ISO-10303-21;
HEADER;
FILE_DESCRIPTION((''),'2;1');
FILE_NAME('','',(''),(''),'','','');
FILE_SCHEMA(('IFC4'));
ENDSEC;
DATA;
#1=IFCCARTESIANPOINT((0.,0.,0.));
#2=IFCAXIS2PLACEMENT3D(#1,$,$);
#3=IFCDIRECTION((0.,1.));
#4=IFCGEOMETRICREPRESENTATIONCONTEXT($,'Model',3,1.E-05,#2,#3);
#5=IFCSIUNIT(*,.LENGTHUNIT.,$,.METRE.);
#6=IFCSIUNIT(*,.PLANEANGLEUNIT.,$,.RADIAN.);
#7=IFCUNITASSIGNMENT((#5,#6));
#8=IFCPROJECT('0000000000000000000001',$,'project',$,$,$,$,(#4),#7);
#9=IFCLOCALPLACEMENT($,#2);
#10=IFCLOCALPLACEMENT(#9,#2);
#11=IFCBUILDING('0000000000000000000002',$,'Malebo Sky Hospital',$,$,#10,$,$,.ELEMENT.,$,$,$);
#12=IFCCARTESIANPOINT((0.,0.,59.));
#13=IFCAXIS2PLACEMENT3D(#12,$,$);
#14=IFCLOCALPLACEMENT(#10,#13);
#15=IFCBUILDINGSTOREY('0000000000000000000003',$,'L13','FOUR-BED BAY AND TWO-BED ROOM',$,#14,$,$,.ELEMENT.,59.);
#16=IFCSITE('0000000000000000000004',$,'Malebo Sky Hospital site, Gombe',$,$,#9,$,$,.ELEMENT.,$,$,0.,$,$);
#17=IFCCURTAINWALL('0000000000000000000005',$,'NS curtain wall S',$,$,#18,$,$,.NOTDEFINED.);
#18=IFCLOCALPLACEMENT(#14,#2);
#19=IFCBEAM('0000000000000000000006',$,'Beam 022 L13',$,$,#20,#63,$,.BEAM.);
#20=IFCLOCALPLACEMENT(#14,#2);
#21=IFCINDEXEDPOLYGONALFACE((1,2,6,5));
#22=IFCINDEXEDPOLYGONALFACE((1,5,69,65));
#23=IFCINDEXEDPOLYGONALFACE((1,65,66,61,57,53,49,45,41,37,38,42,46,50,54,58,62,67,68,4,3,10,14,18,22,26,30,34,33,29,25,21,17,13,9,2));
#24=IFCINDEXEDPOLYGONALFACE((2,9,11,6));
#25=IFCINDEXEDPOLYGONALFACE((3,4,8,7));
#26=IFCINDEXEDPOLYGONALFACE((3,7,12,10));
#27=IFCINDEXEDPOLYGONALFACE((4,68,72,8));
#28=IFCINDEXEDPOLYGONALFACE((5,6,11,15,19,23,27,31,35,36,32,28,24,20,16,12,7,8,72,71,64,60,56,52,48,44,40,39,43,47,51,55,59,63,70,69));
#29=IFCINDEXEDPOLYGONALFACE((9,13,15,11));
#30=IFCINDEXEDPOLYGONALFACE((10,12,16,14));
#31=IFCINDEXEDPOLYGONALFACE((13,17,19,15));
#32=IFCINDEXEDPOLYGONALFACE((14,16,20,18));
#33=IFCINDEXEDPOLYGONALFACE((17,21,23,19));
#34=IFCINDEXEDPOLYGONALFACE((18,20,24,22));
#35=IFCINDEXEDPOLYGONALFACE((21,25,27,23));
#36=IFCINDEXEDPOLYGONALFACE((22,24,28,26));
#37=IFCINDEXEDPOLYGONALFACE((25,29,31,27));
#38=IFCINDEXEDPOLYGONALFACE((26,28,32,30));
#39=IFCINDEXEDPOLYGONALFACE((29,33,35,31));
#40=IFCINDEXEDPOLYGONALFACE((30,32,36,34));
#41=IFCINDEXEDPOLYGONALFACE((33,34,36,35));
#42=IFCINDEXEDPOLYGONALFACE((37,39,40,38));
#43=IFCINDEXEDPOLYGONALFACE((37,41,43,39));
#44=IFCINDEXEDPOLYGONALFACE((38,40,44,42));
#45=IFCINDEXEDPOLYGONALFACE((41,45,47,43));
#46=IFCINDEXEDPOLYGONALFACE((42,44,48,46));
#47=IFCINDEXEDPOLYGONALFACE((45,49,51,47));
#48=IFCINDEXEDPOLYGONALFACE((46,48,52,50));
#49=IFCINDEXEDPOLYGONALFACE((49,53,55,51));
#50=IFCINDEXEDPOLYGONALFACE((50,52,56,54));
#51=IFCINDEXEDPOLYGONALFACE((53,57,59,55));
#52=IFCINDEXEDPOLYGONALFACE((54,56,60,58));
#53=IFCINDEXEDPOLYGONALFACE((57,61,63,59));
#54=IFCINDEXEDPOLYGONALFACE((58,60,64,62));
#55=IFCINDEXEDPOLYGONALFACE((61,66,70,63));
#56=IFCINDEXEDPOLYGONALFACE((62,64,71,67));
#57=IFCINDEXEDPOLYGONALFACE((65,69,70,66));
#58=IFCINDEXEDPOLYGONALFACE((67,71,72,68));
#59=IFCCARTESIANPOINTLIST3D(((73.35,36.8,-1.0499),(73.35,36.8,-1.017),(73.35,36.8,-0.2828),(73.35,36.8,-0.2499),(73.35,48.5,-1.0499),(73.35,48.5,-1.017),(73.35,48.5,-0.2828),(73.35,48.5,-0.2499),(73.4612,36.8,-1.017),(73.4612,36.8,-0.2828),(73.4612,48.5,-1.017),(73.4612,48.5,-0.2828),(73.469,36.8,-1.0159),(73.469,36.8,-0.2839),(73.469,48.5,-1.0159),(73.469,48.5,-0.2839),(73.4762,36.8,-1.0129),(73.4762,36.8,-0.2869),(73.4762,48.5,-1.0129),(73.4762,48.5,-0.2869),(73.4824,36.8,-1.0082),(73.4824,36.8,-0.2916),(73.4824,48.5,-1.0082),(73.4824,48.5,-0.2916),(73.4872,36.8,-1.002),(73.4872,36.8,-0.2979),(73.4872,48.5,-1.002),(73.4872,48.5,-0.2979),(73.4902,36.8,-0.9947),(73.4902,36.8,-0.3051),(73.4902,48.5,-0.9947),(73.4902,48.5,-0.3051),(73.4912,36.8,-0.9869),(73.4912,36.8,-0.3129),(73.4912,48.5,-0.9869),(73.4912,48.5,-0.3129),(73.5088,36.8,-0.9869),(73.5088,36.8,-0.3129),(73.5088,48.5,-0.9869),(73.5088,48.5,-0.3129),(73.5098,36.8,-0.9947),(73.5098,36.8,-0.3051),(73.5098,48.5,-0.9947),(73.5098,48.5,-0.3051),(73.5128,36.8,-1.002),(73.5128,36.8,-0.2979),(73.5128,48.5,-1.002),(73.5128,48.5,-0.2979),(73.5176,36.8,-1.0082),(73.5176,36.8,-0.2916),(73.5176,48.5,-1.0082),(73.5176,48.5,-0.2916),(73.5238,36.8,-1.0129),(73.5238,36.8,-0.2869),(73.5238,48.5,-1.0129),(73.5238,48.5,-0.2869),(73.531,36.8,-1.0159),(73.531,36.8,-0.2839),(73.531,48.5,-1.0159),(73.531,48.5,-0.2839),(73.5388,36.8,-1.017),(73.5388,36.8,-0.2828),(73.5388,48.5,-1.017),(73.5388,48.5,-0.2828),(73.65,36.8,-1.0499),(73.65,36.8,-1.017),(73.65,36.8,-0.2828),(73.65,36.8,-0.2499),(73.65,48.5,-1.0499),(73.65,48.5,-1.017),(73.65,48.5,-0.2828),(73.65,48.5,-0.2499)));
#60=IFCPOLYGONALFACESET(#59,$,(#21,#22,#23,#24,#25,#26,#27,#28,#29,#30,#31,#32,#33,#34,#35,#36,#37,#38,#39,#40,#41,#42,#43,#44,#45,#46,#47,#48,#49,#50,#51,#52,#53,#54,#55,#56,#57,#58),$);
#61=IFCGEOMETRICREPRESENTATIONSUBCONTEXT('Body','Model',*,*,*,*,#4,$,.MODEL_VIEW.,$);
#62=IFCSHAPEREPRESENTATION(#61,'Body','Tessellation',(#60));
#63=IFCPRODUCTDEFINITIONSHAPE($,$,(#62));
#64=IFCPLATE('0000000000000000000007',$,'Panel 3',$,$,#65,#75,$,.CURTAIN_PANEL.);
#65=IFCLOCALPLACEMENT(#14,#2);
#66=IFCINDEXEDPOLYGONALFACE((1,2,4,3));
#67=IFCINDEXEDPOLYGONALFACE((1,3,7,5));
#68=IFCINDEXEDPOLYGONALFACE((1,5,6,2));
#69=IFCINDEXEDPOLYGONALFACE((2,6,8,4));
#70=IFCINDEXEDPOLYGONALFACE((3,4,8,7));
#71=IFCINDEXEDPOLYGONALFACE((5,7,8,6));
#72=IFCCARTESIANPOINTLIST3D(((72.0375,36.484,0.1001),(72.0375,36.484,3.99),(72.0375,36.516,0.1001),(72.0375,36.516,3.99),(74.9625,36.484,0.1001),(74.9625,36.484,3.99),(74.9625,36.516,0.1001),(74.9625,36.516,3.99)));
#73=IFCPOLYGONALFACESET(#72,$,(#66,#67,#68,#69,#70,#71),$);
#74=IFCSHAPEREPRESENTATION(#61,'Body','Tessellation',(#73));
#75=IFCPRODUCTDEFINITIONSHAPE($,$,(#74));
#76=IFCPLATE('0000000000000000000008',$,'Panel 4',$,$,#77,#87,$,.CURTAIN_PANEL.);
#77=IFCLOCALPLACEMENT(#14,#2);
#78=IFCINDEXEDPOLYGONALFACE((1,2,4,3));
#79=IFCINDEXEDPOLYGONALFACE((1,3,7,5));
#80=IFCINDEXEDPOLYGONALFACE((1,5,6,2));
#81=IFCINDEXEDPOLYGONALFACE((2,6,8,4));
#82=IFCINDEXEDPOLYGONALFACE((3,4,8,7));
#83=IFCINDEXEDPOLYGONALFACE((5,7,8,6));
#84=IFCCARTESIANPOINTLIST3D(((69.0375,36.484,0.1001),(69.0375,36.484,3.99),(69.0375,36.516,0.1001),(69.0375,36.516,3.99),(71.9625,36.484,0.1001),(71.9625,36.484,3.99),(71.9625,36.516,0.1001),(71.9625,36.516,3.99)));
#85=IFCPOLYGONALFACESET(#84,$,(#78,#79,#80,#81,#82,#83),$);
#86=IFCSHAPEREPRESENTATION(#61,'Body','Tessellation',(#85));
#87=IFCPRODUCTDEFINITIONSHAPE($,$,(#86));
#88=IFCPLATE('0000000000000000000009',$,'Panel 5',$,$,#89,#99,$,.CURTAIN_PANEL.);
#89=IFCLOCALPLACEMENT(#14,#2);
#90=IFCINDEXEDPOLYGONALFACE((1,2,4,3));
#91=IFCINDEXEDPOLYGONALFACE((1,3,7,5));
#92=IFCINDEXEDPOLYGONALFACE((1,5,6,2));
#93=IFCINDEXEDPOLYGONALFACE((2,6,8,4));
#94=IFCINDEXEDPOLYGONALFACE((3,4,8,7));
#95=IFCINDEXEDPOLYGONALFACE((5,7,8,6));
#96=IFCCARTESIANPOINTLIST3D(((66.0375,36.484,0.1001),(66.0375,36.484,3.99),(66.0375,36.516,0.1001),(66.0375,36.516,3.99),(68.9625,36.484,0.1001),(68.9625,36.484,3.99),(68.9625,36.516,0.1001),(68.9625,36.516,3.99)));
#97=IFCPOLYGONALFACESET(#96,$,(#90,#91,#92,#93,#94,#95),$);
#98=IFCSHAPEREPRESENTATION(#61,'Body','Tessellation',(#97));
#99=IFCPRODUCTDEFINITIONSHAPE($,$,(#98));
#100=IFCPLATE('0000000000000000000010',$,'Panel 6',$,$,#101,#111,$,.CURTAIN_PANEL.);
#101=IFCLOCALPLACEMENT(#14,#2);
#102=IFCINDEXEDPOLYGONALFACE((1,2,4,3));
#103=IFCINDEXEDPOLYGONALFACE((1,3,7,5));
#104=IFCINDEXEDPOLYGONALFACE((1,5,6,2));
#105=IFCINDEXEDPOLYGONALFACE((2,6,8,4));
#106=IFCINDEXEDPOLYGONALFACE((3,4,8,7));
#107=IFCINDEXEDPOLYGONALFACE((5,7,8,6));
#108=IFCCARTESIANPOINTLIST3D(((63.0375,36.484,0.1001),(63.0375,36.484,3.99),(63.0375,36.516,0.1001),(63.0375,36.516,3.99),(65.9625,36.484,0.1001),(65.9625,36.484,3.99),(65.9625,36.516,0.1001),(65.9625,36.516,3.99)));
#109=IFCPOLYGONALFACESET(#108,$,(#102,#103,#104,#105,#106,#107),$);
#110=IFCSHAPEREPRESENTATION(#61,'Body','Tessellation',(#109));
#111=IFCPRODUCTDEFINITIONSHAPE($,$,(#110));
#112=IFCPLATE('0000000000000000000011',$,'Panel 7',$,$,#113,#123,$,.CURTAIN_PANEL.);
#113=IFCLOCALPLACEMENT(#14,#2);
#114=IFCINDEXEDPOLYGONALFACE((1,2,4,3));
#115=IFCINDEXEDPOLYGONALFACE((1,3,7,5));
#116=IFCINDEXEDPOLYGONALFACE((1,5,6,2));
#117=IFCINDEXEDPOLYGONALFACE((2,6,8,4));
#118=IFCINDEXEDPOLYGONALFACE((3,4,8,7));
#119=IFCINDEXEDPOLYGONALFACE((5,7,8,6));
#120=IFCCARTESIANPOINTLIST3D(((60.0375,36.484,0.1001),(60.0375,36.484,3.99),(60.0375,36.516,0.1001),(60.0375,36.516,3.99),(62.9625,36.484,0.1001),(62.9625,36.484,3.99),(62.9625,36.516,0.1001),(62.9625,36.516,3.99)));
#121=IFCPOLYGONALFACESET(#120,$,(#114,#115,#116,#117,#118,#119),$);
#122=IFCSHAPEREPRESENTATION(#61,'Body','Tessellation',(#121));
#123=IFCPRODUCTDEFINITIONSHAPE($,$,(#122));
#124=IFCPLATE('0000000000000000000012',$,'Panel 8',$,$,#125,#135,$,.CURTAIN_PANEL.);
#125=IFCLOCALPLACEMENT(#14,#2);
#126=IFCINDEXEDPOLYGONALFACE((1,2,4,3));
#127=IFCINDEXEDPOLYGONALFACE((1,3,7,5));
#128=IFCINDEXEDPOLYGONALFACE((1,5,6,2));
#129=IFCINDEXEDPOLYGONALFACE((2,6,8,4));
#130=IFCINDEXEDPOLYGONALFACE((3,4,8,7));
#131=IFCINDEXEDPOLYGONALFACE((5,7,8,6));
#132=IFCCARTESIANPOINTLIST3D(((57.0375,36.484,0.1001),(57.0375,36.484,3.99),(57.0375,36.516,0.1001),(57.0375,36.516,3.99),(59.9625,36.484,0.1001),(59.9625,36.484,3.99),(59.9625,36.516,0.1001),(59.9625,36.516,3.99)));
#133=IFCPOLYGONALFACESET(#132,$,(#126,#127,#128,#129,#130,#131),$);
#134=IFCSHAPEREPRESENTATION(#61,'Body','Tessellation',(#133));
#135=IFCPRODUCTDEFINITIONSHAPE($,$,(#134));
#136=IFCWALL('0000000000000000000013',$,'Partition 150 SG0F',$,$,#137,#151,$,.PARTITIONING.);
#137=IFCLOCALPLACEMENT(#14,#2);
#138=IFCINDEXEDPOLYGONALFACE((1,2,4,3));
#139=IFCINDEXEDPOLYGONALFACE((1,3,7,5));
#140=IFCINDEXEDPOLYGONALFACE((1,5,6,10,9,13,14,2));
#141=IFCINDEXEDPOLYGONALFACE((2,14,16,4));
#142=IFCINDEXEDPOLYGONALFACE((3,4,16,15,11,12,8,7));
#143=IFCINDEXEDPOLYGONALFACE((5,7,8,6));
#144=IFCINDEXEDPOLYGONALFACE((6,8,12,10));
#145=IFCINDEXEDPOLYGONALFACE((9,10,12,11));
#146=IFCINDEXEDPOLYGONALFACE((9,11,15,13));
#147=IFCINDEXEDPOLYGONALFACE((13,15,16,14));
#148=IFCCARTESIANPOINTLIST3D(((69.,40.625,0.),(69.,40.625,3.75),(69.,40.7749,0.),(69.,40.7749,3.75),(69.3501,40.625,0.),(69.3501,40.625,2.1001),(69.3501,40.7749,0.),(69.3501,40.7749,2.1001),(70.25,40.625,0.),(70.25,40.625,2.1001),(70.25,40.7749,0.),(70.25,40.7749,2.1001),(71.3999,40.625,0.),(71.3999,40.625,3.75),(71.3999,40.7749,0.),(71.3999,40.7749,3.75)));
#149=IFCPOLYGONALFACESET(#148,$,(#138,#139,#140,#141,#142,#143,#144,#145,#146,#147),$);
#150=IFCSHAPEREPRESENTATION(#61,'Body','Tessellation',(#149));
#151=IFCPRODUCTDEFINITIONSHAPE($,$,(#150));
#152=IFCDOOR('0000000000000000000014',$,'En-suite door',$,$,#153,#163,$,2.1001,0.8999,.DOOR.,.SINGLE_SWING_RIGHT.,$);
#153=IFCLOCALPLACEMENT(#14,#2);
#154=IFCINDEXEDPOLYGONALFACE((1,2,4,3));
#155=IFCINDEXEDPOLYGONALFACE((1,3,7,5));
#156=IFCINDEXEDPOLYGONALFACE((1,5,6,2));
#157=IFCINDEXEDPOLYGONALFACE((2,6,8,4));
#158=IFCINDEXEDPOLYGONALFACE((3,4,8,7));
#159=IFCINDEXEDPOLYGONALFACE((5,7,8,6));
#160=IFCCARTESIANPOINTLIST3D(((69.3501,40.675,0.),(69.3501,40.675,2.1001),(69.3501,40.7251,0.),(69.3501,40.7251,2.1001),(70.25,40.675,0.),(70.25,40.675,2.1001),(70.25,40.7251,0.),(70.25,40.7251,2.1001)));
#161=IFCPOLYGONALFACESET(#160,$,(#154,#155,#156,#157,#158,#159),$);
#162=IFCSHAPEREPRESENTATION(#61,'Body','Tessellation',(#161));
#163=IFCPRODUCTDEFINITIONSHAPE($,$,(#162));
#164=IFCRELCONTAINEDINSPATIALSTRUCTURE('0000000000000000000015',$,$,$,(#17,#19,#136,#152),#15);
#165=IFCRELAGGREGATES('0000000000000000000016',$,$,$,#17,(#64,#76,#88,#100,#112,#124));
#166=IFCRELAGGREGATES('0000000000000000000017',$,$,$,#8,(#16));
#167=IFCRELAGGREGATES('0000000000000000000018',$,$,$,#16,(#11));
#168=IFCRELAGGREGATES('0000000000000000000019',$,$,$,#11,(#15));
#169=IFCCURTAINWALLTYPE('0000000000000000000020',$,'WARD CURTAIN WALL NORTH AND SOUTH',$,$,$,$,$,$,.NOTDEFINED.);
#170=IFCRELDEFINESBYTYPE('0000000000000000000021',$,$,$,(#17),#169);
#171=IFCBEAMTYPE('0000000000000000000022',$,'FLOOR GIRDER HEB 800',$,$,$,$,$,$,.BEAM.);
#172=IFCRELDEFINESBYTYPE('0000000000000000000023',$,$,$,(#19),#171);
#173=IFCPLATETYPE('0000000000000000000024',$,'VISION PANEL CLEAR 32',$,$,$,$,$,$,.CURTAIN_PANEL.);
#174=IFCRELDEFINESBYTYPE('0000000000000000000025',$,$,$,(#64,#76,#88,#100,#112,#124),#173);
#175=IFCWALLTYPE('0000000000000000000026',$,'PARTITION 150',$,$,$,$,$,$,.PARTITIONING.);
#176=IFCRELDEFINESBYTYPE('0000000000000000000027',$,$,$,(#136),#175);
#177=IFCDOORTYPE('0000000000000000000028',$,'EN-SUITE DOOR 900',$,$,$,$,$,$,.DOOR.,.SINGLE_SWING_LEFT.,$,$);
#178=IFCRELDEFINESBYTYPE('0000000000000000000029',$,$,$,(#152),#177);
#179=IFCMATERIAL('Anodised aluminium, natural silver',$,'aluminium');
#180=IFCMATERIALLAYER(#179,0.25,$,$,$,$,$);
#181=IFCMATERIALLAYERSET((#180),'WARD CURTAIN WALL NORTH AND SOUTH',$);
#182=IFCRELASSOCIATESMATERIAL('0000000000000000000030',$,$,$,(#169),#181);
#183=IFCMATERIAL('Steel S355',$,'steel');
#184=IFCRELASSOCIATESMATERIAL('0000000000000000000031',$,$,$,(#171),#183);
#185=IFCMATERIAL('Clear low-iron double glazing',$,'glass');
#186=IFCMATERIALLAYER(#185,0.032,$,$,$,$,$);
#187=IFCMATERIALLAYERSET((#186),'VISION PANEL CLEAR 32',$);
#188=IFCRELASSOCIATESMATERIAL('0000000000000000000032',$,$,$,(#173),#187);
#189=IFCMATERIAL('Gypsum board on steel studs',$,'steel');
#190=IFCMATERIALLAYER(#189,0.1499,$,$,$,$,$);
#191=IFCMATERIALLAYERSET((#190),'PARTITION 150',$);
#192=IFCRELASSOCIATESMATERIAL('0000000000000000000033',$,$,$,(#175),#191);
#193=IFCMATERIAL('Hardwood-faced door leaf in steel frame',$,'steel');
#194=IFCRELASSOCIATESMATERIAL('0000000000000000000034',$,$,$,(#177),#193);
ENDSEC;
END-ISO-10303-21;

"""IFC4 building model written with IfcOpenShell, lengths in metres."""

from ifc_helpers import new_model, si_unit, direction, frame, frame_2d, origin, origin_2d, place, context, subcontext, project, spatial, rectangle, i_section, extrude, material, layer, layer_set, material_profile, profile_set, type_object, element, fill, aggregate, save


model = new_model("IFC4")

# Units and contexts
model_context = context("Model", 3, precision=1e-05, world=origin(), true_north=direction((0.0, 1.0)))
body_context = subcontext(model_context, "Body", "Model", "MODEL_VIEW")
ifc_project = project(units=[si_unit("LENGTHUNIT", "METRE"), si_unit("PLANEANGLEUNIT", "RADIAN")], contexts=[model_context])

# Site, building, storey
site_placement = place(None, origin())
site = spatial("IfcSite", under=ifc_project, at=site_placement, Name="Malebo Sky Hospital site, Gombe", CompositionType="ELEMENT", RefElevation=0.0)
building_placement = place(site_placement, origin())
building = spatial("IfcBuilding", under=site, at=building_placement, Name="Malebo Sky Hospital", CompositionType="ELEMENT")
storey_placement = place(building_placement, frame((0.0, 0.0, 59.0)))
storey = spatial("IfcBuildingStorey", under=building, at=storey_placement, Name="L13", Description="FOUR-BED BAY AND TWO-BED ROOM", CompositionType="ELEMENT", Elevation=59.0)

# Curtain wall
ifc_material_1 = material(Name="Anodised aluminium, natural silver", Category="aluminium")
ifc_layer_1 = layer(ifc_material_1, 0.25)
ifc_layer_set_1 = layer_set([ifc_layer_1], Name="WARD CURTAIN WALL NORTH AND SOUTH")
curtain_wall_type = type_object("IfcCurtainWallType", Name="WARD CURTAIN WALL NORTH AND SOUTH", PredefinedType="NOTDEFINED", material=ifc_layer_set_1)
curtain_wall_placement = place(storey_placement, origin())
curtain_wall = element("IfcCurtainWall", 1, at=curtain_wall_placement, inside=storey, type_object=curtain_wall_type, Name="NS curtain wall S", PredefinedType="NOTDEFINED")

# Beam
ifc_material_2 = material(Name="Steel S355", Category="steel")
ifc_material_profile_1 = material_profile(ifc_material_2, i_section(OverallWidth=0.3, OverallDepth=0.8, WebThickness=0.0176, FlangeThickness=0.033, FilletRadius=0.03, at=origin_2d()), Name="HEB 800")
ifc_profile_set_1 = profile_set([ifc_material_profile_1], Name="Steel S355")
beam_type_1 = type_object("IfcBeamType", Name="FLOOR GIRDER HEB 800", PredefinedType="BEAM", material=ifc_profile_set_1)
beam_1_placement = place(storey_placement, frame((73.5, 36.8, -0.6499), z_axis=(0.0, 1.0, 0.0), x_axis=(-1.0, 0.0, 0.0)))
element("IfcBeam", 2, at=beam_1_placement, inside=storey, type_object=beam_type_1, Name="Beam 022 L13", PredefinedType="BEAM", context=body_context, shape_type="SweptSolid", body=[
    extrude(i_section(OverallWidth=0.3, OverallDepth=0.8, WebThickness=0.0176, FlangeThickness=0.033, FilletRadius=0.03, at=origin_2d()), origin(), (0.0, 0.0, 1.0), 11.7),
])

# Plates
ifc_material_3 = material(Name="Clear low-iron double glazing", Category="glass")
ifc_layer_2 = layer(ifc_material_3, 0.032)
ifc_layer_set_2 = layer_set([ifc_layer_2], Name="VISION PANEL CLEAR 32")
plate_type = type_object("IfcPlateType", Name="VISION PANEL CLEAR 32", PredefinedType="CURTAIN_PANEL", material=ifc_layer_set_2)
plate_1_placement = place(storey_placement, frame((73.5, 36.5, 0.1001), z_axis=(0.0, 0.0, 1.0), x_axis=(-1.0, 0.0, 0.0)))
plate_1 = element("IfcPlate", 3, at=plate_1_placement, type_object=plate_type, Name="Panel 3", PredefinedType="CURTAIN_PANEL", context=body_context, shape_type="SweptSolid", body=[
    extrude(rectangle(XDim=2.925, YDim=0.032, at=origin_2d()), origin(), (0.0, 0.0, 1.0), 3.8899),
])
plate_2_placement = place(storey_placement, frame((70.5, 36.5, 0.1001), z_axis=(0.0, 0.0, 1.0), x_axis=(-1.0, 0.0, 0.0)))
plate_2 = element("IfcPlate", 4, at=plate_2_placement, type_object=plate_type, Name="Panel 4", PredefinedType="CURTAIN_PANEL", context=body_context, shape_type="SweptSolid", body=[
    extrude(rectangle(XDim=2.925, YDim=0.032, at=origin_2d()), origin(), (0.0, 0.0, 1.0), 3.8899),
])
plate_3_placement = place(storey_placement, frame((67.5, 36.5, 0.1001), z_axis=(0.0, 0.0, 1.0), x_axis=(-1.0, 0.0, 0.0)))
plate_3 = element("IfcPlate", 5, at=plate_3_placement, type_object=plate_type, Name="Panel 5", PredefinedType="CURTAIN_PANEL", context=body_context, shape_type="SweptSolid", body=[
    extrude(rectangle(XDim=2.925, YDim=0.032, at=origin_2d()), origin(), (0.0, 0.0, 1.0), 3.8899),
])
plate_4_placement = place(storey_placement, frame((64.5, 36.5, 0.1001), z_axis=(0.0, 0.0, 1.0), x_axis=(-1.0, 0.0, 0.0)))
plate_4 = element("IfcPlate", 6, at=plate_4_placement, type_object=plate_type, Name="Panel 6", PredefinedType="CURTAIN_PANEL", context=body_context, shape_type="SweptSolid", body=[
    extrude(rectangle(XDim=2.925, YDim=0.032, at=origin_2d()), origin(), (0.0, 0.0, 1.0), 3.8899),
])
plate_5_placement = place(storey_placement, frame((61.5, 36.5, 0.1001), z_axis=(0.0, 0.0, 1.0), x_axis=(-1.0, 0.0, 0.0)))
plate_5 = element("IfcPlate", 7, at=plate_5_placement, type_object=plate_type, Name="Panel 7", PredefinedType="CURTAIN_PANEL", context=body_context, shape_type="SweptSolid", body=[
    extrude(rectangle(XDim=2.925, YDim=0.032, at=origin_2d()), origin(), (0.0, 0.0, 1.0), 3.8899),
])
plate_6_placement = place(storey_placement, frame((58.5, 36.5, 0.1001), z_axis=(0.0, 0.0, 1.0), x_axis=(-1.0, 0.0, 0.0)))
plate_6 = element("IfcPlate", 8, at=plate_6_placement, type_object=plate_type, Name="Panel 8", PredefinedType="CURTAIN_PANEL", context=body_context, shape_type="SweptSolid", body=[
    extrude(rectangle(XDim=2.925, YDim=0.032, at=origin_2d()), origin(), (0.0, 0.0, 1.0), 3.8899),
])
aggregate(curtain_wall, [plate_1, plate_2, plate_3, plate_4, plate_5, plate_6])

# Wall, opening, door
ifc_material_4 = material(Name="Gypsum board on steel studs", Category="steel")
ifc_layer_3 = layer(ifc_material_4, 0.1499)
ifc_layer_set_3 = layer_set([ifc_layer_3], Name="PARTITION 150")
wall_type = type_object("IfcWallType", Name="PARTITION 150", PredefinedType="PARTITIONING", material=ifc_layer_set_3)
wall_1_placement = place(storey_placement, frame((71.3999, 40.7, 0.0), z_axis=(0.0, 0.0, 1.0), x_axis=(-1.0, 0.0, 0.0)))
wall_1 = element("IfcWall", 9, at=wall_1_placement, inside=storey, type_object=wall_type, Name="Partition 150 SG0F", PredefinedType="PARTITIONING", context=body_context, shape_type="SweptSolid", body=[
    extrude(rectangle(XDim=2.3999, YDim=0.1499, at=frame_2d((1.2, 0.0))), origin(), (0.0, 0.0, 1.0), 3.75),
])
opening_1_placement = place(wall_1_placement, frame((1.1499, 0.0, 0.0)))
opening_1 = element("IfcOpeningElement", 10, at=opening_1_placement, cuts=wall_1, PredefinedType="OPENING", context=body_context, shape_type="SweptSolid", body=[
    extrude(rectangle(XDim=0.8999, YDim=2.1001, at=frame_2d((0.45, 1.05))), frame((0.0, 0.085, 0.0), z_axis=(0.0, -1.0, 0.0), x_axis=(1.0, 0.0, 0.0)), (0.0, 0.0, 1.0), 0.1699),
])
ifc_material_5 = material(Name="Hardwood-faced door leaf in steel frame", Category="steel")
door_type = type_object("IfcDoorType", Name="EN-SUITE DOOR 900", OperationType="SINGLE_SWING_LEFT", PredefinedType="DOOR", material=ifc_material_5)
door_1_placement = place(opening_1_placement, origin())
door_1 = element("IfcDoor", 11, at=door_1_placement, inside=storey, type_object=door_type, Name="En-suite door", OperationType="SINGLE_SWING_RIGHT", OverallHeight=2.1001, OverallWidth=0.8999, PredefinedType="DOOR", context=body_context, shape_type="SweptSolid", body=[
    extrude(rectangle(XDim=0.8999, YDim=2.1001, at=frame_2d((0.45, 1.05))), frame((0.0, 0.0249, 0.0), z_axis=(0.0, -1.0, 0.0), x_axis=(1.0, 0.0, 0.0)), (0.0, 0.0, 1.0), 0.05),
])
fill(opening_1, door_1)

save(model, "model.ifc")
